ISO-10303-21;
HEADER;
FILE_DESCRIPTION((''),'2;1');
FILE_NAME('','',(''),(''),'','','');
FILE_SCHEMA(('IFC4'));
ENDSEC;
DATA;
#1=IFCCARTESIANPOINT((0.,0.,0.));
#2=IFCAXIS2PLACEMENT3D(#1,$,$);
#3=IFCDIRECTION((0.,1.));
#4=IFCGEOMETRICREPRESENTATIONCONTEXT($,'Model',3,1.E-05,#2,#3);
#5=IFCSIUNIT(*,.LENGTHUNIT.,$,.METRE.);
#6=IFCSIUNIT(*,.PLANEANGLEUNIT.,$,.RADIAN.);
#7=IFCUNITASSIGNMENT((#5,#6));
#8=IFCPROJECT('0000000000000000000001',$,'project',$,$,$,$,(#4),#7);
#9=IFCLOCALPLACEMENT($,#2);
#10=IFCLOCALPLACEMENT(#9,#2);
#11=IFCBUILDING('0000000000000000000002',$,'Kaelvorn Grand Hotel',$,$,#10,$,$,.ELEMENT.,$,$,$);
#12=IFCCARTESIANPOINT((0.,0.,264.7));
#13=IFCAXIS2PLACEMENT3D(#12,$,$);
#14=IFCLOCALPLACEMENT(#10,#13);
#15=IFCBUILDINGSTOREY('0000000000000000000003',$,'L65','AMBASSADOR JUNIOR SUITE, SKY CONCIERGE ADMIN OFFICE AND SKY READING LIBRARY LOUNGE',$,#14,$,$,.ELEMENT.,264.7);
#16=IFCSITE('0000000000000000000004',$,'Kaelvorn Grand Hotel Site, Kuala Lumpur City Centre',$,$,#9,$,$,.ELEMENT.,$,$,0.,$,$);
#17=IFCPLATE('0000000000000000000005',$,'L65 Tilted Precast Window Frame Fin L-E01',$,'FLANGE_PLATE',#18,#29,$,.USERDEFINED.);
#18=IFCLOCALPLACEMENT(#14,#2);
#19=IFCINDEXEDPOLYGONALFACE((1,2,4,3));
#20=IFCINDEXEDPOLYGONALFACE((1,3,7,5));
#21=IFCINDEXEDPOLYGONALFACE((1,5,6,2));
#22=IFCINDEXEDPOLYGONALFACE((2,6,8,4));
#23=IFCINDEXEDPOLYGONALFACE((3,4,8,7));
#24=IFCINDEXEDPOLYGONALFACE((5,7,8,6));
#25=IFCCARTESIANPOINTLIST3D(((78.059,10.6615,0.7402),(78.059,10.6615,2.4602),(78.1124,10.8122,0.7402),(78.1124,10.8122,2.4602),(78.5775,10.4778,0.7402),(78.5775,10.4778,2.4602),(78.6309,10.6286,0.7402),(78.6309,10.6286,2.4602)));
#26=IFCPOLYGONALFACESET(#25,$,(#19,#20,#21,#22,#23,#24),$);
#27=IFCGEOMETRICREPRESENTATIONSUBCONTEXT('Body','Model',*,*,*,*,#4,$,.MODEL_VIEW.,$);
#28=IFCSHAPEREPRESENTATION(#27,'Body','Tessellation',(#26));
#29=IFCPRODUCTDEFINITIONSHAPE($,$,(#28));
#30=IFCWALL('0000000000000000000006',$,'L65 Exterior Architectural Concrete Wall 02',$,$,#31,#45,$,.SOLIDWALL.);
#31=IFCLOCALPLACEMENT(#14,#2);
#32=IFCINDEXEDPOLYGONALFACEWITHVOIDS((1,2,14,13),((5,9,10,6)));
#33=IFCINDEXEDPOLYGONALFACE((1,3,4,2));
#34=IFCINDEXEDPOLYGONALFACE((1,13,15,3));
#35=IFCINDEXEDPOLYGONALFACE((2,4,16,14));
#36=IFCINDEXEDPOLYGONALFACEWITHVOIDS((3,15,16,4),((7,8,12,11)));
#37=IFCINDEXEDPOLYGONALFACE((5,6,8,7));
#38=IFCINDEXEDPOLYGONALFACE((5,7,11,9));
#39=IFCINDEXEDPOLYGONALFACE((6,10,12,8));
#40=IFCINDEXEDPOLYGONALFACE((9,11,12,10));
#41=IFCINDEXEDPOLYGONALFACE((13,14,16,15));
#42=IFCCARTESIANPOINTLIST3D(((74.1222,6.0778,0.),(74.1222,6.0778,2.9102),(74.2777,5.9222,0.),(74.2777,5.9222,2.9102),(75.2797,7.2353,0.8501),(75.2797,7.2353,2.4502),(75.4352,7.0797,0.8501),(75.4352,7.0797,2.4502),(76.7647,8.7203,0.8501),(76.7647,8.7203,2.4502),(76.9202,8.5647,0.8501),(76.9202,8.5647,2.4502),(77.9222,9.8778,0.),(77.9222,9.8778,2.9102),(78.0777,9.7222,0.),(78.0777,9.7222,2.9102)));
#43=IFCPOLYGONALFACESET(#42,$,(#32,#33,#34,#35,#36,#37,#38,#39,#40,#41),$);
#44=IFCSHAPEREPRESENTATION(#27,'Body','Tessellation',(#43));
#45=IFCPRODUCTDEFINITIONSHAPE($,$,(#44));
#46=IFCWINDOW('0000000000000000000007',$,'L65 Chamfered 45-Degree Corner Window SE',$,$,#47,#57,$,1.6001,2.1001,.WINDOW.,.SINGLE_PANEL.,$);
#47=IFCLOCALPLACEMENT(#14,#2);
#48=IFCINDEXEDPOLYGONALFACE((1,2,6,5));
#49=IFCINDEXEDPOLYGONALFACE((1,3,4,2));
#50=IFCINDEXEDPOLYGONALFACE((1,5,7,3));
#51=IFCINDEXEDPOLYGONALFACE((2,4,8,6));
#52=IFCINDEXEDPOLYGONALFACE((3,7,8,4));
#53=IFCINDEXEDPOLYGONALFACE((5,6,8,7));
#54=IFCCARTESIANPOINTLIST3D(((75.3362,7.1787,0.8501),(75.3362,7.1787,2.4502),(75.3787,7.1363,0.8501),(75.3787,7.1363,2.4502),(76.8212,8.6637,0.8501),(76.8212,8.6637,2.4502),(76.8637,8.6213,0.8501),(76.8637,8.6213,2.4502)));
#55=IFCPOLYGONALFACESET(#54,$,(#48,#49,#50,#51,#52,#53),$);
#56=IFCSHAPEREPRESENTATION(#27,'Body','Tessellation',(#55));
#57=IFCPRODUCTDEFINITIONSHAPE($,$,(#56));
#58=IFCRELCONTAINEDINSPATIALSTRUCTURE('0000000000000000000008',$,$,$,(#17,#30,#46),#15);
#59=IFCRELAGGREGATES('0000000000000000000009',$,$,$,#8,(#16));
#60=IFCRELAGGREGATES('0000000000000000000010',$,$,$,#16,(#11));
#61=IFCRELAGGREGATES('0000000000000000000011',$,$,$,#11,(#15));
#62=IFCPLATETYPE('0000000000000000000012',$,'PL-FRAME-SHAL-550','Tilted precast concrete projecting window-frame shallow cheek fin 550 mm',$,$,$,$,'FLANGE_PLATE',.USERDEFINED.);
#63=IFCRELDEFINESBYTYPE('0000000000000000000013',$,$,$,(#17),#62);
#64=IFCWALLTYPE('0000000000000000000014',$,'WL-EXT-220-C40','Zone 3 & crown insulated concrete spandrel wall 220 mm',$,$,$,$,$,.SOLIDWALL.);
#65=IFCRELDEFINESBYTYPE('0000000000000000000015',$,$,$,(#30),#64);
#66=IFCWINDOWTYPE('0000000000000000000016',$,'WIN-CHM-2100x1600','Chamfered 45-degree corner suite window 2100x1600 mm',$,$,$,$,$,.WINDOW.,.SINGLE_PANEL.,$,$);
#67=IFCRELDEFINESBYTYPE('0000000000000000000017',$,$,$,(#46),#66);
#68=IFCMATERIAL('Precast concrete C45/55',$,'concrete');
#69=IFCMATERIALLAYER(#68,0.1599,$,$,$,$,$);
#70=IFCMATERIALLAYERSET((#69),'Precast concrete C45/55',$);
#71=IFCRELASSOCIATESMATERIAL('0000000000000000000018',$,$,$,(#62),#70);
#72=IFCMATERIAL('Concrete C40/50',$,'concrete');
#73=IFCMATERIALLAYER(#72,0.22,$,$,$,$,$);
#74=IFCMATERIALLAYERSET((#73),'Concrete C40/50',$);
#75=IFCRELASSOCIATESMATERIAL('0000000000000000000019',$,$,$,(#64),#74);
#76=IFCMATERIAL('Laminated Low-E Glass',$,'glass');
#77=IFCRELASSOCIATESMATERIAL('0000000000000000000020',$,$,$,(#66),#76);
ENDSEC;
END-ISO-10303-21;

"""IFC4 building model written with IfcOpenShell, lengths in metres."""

from ifc_helpers import new_model, si_unit, direction, frame, frame_2d, origin, origin_2d, place, context, subcontext, project, spatial, rectangle, extrude, material, layer, layer_set, type_object, element, fill, save


model = new_model("IFC4")

# Units and contexts
model_context = context("Model", 3, precision=1e-05, world=origin(), true_north=direction((0.0, 1.0)))
body_context = subcontext(model_context, "Body", "Model", "MODEL_VIEW")
ifc_project = project(units=[si_unit("LENGTHUNIT", "METRE"), si_unit("PLANEANGLEUNIT", "RADIAN")], contexts=[model_context])

# Site, building, storey
site_placement = place(None, origin())
site = spatial("IfcSite", under=ifc_project, at=site_placement, Name="Kaelvorn Grand Hotel Site, Kuala Lumpur City Centre", CompositionType="ELEMENT", RefElevation=0.0)
building_placement = place(site_placement, origin())
building = spatial("IfcBuilding", under=site, at=building_placement, Name="Kaelvorn Grand Hotel", CompositionType="ELEMENT")
storey_placement = place(building_placement, frame((0.0, 0.0, 264.7)))
storey = spatial("IfcBuildingStorey", under=building, at=storey_placement, Name="L65", Description="AMBASSADOR JUNIOR SUITE, SKY CONCIERGE ADMIN OFFICE AND SKY READING LIBRARY LOUNGE", CompositionType="ELEMENT", Elevation=264.7)

# Shared definitions
ifc_material_1 = material(Name="Concrete C40/50", Category="concrete")

# Plate
ifc_material_2 = material(Name="Precast concrete C45/55", Category="concrete")
ifc_layer_1 = layer(ifc_material_2, 0.1599)
ifc_layer_set_1 = layer_set([ifc_layer_1], Name="Precast concrete C45/55")
plate_type_1 = type_object("IfcPlateType", Name="PL-FRAME-SHAL-550", Description="Tilted precast concrete projecting window-frame shallow cheek fin 550 mm", ElementType="FLANGE_PLATE", PredefinedType="USERDEFINED", material=ifc_layer_set_1)
plate_1_placement = place(storey_placement, frame((78.345, 10.645, 0.7402), z_axis=(0.0, 0.0, 1.0), x_axis=(0.333807, 0.942641, 0.0)))
element("IfcPlate", 1, at=plate_1_placement, inside=storey, type_object=plate_type_1, Name="L65 Tilted Precast Window Frame Fin L-E01", ObjectType="FLANGE_PLATE", PredefinedType="USERDEFINED", context=body_context, shape_type="SweptSolid", body=[
    extrude(rectangle(XDim=0.1599, YDim=0.55, at=origin_2d()), origin(), (0.0, 0.0, 1.0), 1.72),
])

# Wall, opening, window
ifc_layer_2 = layer(ifc_material_1, 0.22)
ifc_layer_set_2 = layer_set([ifc_layer_2], Name="Concrete C40/50")
wall_type_1 = type_object("IfcWallType", Name="WL-EXT-220-C40", Description="Zone 3 & crown insulated concrete spandrel wall 220 mm", PredefinedType="SOLIDWALL", material=ifc_layer_set_2)
wall_1_placement = place(storey_placement, frame((74.2, 6.0, 0.0), z_axis=(0.0, 0.0, 1.0), x_axis=(0.707107, 0.707107, 0.0)))
wall_1 = element("IfcWall", 2, at=wall_1_placement, inside=storey, type_object=wall_type_1, Name="L65 Exterior Architectural Concrete Wall 02", PredefinedType="SOLIDWALL", context=body_context, shape_type="SweptSolid", body=[
    extrude(rectangle(XDim=5.374, YDim=0.22, at=frame_2d((2.687, 0.0))), origin(), (0.0, 0.0, 1.0), 2.9102),
])
opening_1_placement = place(wall_1_placement, frame((1.637, 0.0, 0.8501)))
opening_1 = element("IfcOpeningElement", 3, at=opening_1_placement, cuts=wall_1, PredefinedType="OPENING", context=body_context, shape_type="SweptSolid", body=[
    extrude(rectangle(XDim=2.1001, YDim=1.6001, at=frame_2d((1.05, 0.8))), frame((0.0, 0.1201, 0.0), z_axis=(0.0, -1.0, 0.0), x_axis=(1.0, 0.0, 0.0)), (0.0, 0.0, 1.0), 0.24),
])
ifc_material_3 = material(Name="Laminated Low-E Glass", Category="glass")
window_type_1 = type_object("IfcWindowType", Name="WIN-CHM-2100x1600", Description="Chamfered 45-degree corner suite window 2100x1600 mm", PartitioningType="SINGLE_PANEL", PredefinedType="WINDOW", material=ifc_material_3)
window_1_placement = place(opening_1_placement, origin())
window_1 = element("IfcWindow", 4, at=window_1_placement, inside=storey, type_object=window_type_1, Name="L65 Chamfered 45-Degree Corner Window SE", OverallHeight=1.6001, OverallWidth=2.1001, PartitioningType="SINGLE_PANEL", PredefinedType="WINDOW", context=body_context, shape_type="SweptSolid", body=[
    extrude(rectangle(XDim=2.1001, YDim=1.6001, at=frame_2d((1.05, 0.8))), frame((0.0, 0.03, 0.0), z_axis=(0.0, -1.0, 0.0), x_axis=(1.0, 0.0, 0.0)), (0.0, 0.0, 1.0), 0.0601),
])
fill(opening_1, window_1)

save(model, "model.ifc")
